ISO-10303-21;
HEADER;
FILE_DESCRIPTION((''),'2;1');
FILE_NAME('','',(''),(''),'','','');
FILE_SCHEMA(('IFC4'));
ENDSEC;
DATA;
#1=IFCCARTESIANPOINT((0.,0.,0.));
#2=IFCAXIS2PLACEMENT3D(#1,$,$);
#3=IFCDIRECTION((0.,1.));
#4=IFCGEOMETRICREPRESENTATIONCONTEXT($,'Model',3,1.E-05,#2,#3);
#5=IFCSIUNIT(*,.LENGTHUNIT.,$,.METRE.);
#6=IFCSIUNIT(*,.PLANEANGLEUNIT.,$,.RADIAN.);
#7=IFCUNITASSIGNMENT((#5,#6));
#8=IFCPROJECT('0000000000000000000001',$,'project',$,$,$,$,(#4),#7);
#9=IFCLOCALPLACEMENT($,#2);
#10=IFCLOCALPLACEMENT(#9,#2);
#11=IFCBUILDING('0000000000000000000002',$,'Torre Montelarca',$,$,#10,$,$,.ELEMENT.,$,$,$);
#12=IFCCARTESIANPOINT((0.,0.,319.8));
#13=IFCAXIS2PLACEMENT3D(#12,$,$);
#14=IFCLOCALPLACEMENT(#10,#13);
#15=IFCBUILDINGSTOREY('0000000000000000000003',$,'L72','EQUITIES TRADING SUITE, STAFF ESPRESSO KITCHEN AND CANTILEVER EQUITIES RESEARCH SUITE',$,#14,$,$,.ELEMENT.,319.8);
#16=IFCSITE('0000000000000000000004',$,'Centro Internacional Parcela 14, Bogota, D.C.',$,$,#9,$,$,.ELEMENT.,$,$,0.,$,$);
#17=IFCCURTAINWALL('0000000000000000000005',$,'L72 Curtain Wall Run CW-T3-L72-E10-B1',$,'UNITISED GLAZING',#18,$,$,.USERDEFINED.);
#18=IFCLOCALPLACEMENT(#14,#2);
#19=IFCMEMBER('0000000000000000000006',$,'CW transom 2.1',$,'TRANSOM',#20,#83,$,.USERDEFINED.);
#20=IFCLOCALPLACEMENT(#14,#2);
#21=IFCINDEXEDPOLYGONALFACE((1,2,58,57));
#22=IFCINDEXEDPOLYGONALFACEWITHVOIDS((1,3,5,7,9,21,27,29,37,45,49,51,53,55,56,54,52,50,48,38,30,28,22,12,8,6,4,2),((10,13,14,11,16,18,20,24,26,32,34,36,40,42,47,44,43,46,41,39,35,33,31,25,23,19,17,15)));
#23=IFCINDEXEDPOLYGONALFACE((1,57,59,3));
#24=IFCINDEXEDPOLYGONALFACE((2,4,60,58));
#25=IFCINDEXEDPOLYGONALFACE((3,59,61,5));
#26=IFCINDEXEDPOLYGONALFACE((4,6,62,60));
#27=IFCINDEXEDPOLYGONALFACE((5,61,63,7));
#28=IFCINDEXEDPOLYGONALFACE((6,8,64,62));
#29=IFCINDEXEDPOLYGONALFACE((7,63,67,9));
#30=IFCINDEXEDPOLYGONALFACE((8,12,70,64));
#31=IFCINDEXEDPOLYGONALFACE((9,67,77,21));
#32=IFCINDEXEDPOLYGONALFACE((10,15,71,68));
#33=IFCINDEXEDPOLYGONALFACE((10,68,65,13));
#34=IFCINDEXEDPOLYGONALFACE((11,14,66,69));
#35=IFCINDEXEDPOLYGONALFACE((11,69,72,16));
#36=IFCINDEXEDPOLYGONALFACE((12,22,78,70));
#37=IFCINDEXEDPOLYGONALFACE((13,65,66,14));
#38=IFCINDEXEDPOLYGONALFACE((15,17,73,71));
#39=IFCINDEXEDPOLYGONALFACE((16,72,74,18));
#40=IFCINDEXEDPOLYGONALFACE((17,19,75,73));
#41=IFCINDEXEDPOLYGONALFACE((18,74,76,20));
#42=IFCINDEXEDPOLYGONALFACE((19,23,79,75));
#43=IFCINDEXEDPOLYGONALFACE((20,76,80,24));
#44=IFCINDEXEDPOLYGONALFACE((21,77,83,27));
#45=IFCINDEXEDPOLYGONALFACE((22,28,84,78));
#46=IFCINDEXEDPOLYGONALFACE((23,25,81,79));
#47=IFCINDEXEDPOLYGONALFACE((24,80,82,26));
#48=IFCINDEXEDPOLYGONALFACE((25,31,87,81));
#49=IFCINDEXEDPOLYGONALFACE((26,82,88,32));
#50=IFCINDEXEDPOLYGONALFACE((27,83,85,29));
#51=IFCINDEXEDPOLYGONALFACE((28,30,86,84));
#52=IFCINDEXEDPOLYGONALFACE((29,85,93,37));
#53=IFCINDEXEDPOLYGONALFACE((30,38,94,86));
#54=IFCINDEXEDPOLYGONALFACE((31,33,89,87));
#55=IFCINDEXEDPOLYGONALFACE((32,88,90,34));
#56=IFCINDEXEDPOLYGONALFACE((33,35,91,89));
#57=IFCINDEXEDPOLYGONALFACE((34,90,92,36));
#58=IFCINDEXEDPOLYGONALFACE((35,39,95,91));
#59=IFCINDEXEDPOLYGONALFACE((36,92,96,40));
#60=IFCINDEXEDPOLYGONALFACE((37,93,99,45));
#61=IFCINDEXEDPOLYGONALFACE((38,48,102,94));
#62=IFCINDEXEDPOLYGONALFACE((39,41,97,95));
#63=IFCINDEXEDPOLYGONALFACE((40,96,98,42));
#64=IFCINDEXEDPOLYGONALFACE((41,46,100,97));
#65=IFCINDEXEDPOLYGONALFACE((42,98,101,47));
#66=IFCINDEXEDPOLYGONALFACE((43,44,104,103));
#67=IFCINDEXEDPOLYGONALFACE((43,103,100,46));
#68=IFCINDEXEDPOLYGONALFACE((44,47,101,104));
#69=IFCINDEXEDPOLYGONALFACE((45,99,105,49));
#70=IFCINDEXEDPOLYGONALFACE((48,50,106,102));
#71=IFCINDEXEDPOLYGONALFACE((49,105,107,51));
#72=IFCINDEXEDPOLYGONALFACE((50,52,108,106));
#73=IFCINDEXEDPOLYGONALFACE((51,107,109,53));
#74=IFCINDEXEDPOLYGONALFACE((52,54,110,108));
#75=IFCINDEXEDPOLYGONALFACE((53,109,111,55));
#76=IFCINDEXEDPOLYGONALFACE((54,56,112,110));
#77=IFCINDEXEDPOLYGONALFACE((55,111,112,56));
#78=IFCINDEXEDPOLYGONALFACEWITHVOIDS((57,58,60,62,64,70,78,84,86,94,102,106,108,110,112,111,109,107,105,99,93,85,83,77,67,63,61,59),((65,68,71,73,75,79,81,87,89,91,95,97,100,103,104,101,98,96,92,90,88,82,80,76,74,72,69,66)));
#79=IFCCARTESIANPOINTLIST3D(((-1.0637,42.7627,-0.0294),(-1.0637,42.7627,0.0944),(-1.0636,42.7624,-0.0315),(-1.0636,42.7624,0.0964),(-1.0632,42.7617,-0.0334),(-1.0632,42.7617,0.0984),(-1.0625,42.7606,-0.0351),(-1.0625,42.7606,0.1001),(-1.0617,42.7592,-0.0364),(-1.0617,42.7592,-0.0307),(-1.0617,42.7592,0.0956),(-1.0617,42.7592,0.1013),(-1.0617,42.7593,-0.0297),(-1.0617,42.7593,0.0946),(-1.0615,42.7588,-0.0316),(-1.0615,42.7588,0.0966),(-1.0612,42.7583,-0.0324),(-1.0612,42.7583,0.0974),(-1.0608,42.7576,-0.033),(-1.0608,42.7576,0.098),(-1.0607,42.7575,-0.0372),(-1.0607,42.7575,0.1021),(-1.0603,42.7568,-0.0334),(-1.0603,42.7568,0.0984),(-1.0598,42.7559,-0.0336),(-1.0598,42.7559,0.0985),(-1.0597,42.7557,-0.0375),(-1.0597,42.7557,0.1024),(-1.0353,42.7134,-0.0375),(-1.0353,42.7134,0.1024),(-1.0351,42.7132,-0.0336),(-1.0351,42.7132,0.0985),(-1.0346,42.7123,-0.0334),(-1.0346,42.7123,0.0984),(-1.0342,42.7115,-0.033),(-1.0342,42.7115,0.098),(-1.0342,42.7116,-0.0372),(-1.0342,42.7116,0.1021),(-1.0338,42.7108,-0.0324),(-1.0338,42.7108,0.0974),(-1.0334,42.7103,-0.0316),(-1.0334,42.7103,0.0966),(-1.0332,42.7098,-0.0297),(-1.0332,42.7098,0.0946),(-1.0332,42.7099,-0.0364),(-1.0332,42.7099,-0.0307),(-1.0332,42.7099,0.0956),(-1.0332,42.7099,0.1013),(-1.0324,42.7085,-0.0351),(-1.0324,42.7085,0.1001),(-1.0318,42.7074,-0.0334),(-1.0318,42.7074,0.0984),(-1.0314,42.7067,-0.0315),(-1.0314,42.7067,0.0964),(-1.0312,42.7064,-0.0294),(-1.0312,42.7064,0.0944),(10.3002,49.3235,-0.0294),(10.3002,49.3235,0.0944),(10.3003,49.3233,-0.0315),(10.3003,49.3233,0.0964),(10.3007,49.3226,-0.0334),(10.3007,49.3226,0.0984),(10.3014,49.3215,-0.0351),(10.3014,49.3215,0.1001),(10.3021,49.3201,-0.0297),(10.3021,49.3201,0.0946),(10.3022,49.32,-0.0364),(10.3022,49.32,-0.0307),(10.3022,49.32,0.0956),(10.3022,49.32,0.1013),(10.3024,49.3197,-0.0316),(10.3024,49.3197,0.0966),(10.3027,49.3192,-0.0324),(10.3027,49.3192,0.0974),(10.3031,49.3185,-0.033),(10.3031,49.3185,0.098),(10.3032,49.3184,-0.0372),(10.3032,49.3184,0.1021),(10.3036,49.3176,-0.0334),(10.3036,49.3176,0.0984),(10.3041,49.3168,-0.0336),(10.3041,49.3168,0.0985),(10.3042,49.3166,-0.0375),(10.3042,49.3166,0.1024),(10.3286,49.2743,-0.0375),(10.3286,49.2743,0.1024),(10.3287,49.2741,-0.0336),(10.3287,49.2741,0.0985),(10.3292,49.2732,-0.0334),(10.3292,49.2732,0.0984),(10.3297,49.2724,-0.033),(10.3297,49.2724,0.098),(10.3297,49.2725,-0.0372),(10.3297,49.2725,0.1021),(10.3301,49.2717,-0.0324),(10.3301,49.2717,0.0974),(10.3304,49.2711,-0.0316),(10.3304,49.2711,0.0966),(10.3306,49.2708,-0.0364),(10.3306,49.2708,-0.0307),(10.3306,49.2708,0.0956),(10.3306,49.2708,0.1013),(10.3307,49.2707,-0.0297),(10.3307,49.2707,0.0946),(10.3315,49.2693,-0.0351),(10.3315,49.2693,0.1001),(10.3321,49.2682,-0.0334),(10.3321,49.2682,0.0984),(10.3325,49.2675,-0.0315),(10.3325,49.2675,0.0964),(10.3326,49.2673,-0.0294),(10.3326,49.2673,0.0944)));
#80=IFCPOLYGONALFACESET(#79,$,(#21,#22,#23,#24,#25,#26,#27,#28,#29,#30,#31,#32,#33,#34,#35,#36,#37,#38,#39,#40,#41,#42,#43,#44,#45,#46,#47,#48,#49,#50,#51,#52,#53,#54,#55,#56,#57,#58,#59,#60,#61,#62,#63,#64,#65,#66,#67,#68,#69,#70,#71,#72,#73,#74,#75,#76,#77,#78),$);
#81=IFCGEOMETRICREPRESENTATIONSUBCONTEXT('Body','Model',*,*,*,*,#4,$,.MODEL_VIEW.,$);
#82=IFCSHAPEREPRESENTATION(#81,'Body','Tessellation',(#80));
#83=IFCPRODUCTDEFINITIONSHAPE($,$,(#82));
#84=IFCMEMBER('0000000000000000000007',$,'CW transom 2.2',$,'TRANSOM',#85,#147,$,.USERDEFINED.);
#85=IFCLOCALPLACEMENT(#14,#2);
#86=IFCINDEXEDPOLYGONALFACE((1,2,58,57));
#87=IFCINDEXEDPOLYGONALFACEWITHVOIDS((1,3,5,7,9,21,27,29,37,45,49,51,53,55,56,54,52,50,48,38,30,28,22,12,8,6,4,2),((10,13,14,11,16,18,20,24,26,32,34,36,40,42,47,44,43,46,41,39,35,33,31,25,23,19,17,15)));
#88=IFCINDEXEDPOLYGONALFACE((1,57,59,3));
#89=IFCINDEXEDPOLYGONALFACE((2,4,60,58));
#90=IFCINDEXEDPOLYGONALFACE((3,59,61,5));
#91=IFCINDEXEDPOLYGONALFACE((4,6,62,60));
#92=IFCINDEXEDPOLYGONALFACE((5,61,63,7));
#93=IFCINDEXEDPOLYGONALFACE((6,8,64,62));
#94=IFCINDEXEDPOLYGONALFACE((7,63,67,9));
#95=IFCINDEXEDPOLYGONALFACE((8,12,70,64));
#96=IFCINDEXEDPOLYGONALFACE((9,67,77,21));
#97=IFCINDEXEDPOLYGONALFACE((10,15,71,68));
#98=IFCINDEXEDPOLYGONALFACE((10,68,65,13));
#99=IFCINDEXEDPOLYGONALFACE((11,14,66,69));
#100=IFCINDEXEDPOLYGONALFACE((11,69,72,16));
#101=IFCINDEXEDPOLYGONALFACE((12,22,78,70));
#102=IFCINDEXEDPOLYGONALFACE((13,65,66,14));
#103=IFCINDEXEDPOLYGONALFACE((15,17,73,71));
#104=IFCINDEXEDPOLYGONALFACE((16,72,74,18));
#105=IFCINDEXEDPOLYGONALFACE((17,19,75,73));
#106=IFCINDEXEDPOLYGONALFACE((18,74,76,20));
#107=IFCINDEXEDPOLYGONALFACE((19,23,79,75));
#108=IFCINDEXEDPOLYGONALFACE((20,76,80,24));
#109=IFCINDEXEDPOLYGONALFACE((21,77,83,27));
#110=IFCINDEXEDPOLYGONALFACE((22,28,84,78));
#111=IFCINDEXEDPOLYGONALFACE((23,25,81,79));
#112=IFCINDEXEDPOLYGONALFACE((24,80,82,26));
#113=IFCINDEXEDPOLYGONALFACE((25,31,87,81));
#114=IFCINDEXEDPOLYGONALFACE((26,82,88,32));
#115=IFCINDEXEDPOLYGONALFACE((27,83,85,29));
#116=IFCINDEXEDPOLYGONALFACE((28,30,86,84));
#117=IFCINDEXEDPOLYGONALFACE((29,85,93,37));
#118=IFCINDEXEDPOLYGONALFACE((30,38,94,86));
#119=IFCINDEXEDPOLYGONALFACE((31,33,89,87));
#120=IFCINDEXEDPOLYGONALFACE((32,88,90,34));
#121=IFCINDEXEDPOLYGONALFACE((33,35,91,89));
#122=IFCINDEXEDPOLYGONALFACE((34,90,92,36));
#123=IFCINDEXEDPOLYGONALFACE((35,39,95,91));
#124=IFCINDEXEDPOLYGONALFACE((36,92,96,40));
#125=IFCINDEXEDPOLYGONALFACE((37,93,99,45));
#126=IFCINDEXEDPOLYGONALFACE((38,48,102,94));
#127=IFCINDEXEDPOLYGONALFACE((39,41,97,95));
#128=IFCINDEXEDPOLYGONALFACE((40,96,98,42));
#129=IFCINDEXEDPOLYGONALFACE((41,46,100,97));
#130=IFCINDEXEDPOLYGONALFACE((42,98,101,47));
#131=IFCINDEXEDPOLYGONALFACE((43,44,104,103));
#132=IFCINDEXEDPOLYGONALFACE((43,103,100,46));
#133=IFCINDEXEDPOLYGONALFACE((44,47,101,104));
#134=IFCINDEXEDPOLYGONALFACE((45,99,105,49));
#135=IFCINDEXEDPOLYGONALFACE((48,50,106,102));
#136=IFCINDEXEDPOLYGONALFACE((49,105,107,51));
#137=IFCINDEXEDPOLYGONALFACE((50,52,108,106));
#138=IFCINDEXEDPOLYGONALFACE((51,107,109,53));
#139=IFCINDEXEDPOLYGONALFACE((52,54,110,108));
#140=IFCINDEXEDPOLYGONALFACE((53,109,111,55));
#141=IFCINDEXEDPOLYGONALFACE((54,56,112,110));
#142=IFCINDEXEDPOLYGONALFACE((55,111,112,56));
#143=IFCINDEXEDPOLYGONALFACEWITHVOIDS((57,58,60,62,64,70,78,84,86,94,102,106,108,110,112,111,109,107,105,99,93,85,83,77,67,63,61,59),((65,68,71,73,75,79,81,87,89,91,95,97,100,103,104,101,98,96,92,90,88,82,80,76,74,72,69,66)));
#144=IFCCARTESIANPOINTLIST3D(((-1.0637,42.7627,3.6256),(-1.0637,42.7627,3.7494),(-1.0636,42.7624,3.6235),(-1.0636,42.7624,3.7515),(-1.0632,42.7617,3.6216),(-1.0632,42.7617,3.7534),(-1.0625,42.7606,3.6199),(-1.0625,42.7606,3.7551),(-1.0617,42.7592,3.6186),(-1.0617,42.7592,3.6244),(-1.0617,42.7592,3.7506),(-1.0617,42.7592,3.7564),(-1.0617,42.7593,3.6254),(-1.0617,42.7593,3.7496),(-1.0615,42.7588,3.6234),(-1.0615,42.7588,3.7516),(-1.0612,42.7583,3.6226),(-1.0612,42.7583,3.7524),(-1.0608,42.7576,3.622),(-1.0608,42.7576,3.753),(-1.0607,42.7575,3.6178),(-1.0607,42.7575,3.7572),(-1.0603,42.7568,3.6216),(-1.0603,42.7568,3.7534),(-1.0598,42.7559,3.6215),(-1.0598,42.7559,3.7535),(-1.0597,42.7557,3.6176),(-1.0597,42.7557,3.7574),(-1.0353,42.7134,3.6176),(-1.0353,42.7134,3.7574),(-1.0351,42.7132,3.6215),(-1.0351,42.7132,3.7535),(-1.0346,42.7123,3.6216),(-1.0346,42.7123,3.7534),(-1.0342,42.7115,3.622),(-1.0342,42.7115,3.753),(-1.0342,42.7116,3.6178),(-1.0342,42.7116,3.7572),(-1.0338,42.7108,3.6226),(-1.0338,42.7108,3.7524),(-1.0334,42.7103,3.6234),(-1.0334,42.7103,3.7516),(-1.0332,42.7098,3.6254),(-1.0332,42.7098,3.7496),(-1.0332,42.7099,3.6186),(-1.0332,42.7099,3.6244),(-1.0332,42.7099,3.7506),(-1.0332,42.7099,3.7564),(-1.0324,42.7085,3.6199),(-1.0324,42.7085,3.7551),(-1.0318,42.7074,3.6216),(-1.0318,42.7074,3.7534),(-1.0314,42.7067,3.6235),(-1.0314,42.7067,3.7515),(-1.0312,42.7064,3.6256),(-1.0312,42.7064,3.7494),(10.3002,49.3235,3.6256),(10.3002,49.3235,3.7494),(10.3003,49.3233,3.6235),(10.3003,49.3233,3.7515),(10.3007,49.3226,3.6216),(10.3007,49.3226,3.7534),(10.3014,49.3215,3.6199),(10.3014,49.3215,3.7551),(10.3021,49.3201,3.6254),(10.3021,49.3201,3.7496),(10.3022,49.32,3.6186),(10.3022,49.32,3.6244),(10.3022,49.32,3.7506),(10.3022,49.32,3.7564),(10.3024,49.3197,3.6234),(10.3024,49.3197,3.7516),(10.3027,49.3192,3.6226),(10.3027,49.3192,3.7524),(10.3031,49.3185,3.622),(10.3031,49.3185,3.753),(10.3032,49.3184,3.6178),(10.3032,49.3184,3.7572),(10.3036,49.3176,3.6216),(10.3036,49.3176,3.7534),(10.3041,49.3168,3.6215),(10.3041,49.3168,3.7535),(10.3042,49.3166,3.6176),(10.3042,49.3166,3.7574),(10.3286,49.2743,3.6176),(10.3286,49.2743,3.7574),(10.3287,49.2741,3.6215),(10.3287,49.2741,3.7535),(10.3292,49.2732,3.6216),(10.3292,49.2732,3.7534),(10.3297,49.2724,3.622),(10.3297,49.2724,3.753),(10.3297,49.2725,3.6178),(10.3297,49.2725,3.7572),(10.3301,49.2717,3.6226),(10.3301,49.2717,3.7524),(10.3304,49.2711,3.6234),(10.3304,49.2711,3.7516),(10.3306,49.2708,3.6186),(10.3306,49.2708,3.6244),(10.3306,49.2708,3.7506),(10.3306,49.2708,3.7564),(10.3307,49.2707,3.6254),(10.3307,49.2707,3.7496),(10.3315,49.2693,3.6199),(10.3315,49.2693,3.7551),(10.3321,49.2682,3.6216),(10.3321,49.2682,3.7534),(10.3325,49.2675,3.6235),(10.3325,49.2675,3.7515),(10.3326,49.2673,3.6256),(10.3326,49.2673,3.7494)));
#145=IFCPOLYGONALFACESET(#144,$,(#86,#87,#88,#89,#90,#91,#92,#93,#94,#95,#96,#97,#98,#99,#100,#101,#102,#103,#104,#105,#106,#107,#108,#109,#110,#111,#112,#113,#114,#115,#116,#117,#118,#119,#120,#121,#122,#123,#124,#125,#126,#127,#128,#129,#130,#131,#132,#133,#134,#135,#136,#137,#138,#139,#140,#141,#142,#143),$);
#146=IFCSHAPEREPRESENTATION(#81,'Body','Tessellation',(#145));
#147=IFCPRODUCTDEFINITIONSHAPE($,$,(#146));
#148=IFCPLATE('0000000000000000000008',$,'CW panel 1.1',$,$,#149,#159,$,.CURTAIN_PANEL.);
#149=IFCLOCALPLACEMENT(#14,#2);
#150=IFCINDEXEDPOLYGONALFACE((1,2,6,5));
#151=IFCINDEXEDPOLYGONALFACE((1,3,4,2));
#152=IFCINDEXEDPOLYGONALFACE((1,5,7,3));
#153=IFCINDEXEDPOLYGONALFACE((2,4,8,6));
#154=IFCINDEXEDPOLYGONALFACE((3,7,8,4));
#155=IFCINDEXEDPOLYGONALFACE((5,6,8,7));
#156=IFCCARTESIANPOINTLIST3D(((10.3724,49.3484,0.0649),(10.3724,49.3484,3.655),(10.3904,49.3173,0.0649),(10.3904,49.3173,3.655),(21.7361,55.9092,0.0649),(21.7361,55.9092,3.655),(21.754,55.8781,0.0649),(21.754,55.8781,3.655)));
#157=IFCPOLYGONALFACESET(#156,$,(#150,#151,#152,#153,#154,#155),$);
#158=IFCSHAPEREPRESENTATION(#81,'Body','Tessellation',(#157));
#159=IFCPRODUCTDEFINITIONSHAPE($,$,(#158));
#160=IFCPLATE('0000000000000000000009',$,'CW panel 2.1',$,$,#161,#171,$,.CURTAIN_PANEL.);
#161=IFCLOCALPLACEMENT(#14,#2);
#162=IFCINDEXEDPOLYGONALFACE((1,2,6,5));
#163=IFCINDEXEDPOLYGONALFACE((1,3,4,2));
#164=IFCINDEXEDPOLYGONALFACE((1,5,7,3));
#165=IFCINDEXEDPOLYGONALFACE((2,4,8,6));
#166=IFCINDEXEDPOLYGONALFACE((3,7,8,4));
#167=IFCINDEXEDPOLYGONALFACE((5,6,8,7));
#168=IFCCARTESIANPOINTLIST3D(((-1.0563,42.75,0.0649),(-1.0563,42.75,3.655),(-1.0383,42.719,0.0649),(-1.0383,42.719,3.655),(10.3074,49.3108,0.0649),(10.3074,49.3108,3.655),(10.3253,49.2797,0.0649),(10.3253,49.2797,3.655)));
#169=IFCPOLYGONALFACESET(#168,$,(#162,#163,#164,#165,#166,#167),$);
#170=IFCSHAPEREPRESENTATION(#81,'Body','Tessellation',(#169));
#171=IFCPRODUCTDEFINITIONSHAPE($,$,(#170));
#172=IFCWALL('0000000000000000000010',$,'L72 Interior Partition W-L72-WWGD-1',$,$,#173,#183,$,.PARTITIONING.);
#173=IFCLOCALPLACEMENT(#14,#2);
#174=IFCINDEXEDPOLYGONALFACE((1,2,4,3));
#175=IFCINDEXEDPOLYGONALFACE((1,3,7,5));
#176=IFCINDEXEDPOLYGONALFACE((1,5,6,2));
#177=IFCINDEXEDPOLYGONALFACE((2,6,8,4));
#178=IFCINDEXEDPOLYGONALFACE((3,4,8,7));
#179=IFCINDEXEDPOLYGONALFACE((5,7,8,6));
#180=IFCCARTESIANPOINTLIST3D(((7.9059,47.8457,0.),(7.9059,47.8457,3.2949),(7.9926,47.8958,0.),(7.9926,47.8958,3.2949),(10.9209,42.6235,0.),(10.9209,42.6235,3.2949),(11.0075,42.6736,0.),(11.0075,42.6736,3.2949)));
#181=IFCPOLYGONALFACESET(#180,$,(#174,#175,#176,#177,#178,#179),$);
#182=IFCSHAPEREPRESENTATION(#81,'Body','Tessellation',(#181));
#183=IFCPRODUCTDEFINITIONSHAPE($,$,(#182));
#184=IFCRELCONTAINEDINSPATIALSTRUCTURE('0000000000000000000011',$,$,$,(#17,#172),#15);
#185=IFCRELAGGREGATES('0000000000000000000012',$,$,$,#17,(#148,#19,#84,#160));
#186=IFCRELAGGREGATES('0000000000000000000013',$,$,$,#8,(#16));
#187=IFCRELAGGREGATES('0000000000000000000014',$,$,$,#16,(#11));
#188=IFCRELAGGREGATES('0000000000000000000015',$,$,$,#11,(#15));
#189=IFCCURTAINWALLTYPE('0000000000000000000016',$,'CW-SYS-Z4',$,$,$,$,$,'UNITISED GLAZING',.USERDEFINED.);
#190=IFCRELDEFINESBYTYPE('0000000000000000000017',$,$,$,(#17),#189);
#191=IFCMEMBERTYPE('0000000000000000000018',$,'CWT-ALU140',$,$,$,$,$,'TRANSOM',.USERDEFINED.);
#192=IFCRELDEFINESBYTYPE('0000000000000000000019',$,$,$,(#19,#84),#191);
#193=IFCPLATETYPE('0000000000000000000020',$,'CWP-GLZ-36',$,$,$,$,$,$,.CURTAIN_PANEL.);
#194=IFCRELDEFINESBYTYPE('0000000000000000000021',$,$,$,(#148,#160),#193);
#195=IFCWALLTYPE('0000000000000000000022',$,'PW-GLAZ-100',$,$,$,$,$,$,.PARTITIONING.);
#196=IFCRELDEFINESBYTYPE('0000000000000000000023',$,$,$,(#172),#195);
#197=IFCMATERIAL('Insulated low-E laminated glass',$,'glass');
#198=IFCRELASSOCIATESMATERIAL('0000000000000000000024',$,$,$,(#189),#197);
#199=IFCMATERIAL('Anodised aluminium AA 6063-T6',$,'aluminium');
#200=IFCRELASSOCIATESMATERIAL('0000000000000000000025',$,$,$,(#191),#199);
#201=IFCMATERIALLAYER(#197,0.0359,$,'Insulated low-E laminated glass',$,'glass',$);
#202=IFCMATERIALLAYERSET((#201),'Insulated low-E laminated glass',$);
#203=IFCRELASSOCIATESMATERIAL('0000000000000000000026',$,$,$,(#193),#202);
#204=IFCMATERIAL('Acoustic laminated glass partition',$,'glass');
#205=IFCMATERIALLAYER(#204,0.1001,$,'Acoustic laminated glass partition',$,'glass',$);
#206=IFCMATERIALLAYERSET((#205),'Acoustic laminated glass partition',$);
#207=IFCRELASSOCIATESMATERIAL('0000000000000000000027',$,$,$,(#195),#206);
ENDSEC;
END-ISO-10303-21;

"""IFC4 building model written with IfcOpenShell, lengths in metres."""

from ifc_helpers import new_model, si_unit, direction, frame, frame_2d, origin, origin_2d, place, context, subcontext, project, spatial, rectangle, hollow_rectangle, extrude, source, transform, mapped, material, layer, layer_set, material_profile, profile_set, type_object, element, aggregate, save


model = new_model("IFC4")

# Units and contexts
model_context = context("Model", 3, precision=1e-05, world=origin(), true_north=direction((0.0, 1.0)))
body_context = subcontext(model_context, "Body", "Model", "MODEL_VIEW")
ifc_project = project(units=[si_unit("LENGTHUNIT", "METRE"), si_unit("PLANEANGLEUNIT", "RADIAN")], contexts=[model_context])

# Site, building, storey
site_placement = place(None, origin())
site = spatial("IfcSite", under=ifc_project, at=site_placement, Name="Centro Internacional Parcela 14, Bogota, D.C.", CompositionType="ELEMENT", RefElevation=0.0)
building_placement = place(site_placement, origin())
building = spatial("IfcBuilding", under=site, at=building_placement, Name="Torre Montelarca", CompositionType="ELEMENT")
storey_placement = place(building_placement, frame((0.0, 0.0, 319.8)))
storey = spatial("IfcBuildingStorey", under=building, at=storey_placement, Name="L72", Description="EQUITIES TRADING SUITE, STAFF ESPRESSO KITCHEN AND CANTILEVER EQUITIES RESEARCH SUITE", CompositionType="ELEMENT", Elevation=319.8)

# Curtain wall, members, plates
ifc_material_1 = material(Name="Insulated low-E laminated glass", Category="glass")
curtain_wall_type = type_object("IfcCurtainWallType", Name="CW-SYS-Z4", ElementType="UNITISED GLAZING", PredefinedType="USERDEFINED", material=ifc_material_1)
curtain_wall_placement = place(storey_placement, origin())
curtain_wall = element("IfcCurtainWall", 1, at=curtain_wall_placement, inside=storey, type_object=curtain_wall_type, Name="L72 Curtain Wall Run CW-T3-L72-E10-B1", ObjectType="UNITISED GLAZING", PredefinedType="USERDEFINED")
ifc_material_2 = material(Name="Anodised aluminium AA 6063-T6", Category="aluminium")
ifc_material_profile_1 = material_profile(ifc_material_2, hollow_rectangle(XDim=0.0649, YDim=0.1399, WallThickness=0.0039, InnerFilletRadius=0.0039, OuterFilletRadius=0.0081, at=origin_2d()), Name="ALU65X140X4", Category="aluminium")
ifc_profile_set_1 = profile_set([ifc_material_profile_1], Name="Anodised aluminium AA 6063-T6")
member_type_1 = type_object("IfcMemberType", Name="CWT-ALU140", ElementType="TRANSOM", PredefinedType="USERDEFINED", material=ifc_profile_set_1)
shared_shape_1 = source(origin(), body_context, "Body", "SweptSolid", [
    extrude(hollow_rectangle(XDim=0.0649, YDim=0.1399, WallThickness=0.0039, InnerFilletRadius=0.0039, OuterFilletRadius=0.0081, at=origin_2d()), origin(), (0.0, 0.0, 1.0), 13.1218),
])
member_1_placement = place(storey_placement, frame((10.3164, 49.2954, 0.0325), z_axis=(-0.866028, -0.499995, 0.0), x_axis=(0.499995, -0.866028, 0.0)))
member_1 = element("IfcMember", 2, at=member_1_placement, type_object=member_type_1, Name="CW transom 2.1", ObjectType="TRANSOM", PredefinedType="USERDEFINED", context=body_context, shape_type="MappedRepresentation", body=[
    mapped(shared_shape_1, transform((0.0, 0.0, 0.0), scale=1.0)),
])
member_2_placement = place(storey_placement, frame((10.3164, 49.2954, 3.6875), z_axis=(-0.866028, -0.499995, 0.0), x_axis=(0.499995, -0.866028, 0.0)))
member_2 = element("IfcMember", 3, at=member_2_placement, type_object=member_type_1, Name="CW transom 2.2", ObjectType="TRANSOM", PredefinedType="USERDEFINED", context=body_context, shape_type="MappedRepresentation", body=[
    mapped(shared_shape_1, transform((0.0, 0.0, 0.0), scale=1.0)),
])
ifc_layer_1 = layer(ifc_material_1, 0.0359, Name="Insulated low-E laminated glass", Category="glass")
ifc_layer_set_1 = layer_set([ifc_layer_1], Name="Insulated low-E laminated glass")
plate_type = type_object("IfcPlateType", Name="CWP-GLZ-36", PredefinedType="CURTAIN_PANEL", material=ifc_layer_set_1)
shared_shape_2 = source(origin(), body_context, "Body", "SweptSolid", [
    extrude(rectangle(XDim=13.1216, YDim=0.0359, at=origin_2d()), origin(), (0.0, 0.0, 1.0), 3.5901),
])
plate_1_placement = place(storey_placement, frame((16.0632, 52.6133, 0.0649), z_axis=(0.0, 0.0, 1.0), x_axis=(-0.866025, -0.5, 0.0)))
plate_1 = element("IfcPlate", 4, at=plate_1_placement, type_object=plate_type, Name="CW panel 1.1", PredefinedType="CURTAIN_PANEL", context=body_context, shape_type="MappedRepresentation", body=[
    mapped(shared_shape_2, transform((0.0, 0.0, 0.0), scale=1.0)),
])
plate_2_placement = place(storey_placement, frame((4.6345, 46.0149, 0.0649), z_axis=(0.0, 0.0, 1.0), x_axis=(-0.866025, -0.5, 0.0)))
plate_2 = element("IfcPlate", 5, at=plate_2_placement, type_object=plate_type, Name="CW panel 2.1", PredefinedType="CURTAIN_PANEL", context=body_context, shape_type="MappedRepresentation", body=[
    mapped(shared_shape_2, transform((0.0, 0.0, 0.0), scale=1.0)),
])
aggregate(curtain_wall, [plate_1, member_1, member_2, plate_2])

# Wall
ifc_material_3 = material(Name="Acoustic laminated glass partition", Category="glass")
ifc_layer_2 = layer(ifc_material_3, 0.1001, Name="Acoustic laminated glass partition", Category="glass")
ifc_layer_set_2 = layer_set([ifc_layer_2], Name="Acoustic laminated glass partition")
wall_type = type_object("IfcWallType", Name="PW-GLAZ-100", PredefinedType="PARTITIONING", material=ifc_layer_set_2)
wall_placement = place(storey_placement, frame((7.9492, 47.8708, 0.0), z_axis=(0.0, 0.0, 1.0), x_axis=(0.499984, -0.866035, 0.0)))
element("IfcWall", 6, at=wall_placement, inside=storey, type_object=wall_type, Name="L72 Interior Partition W-L72-WWGD-1", PredefinedType="PARTITIONING", context=body_context, shape_type="SweptSolid", body=[
    extrude(rectangle(XDim=6.03, YDim=0.1001, at=frame_2d((3.0151, 0.0))), origin(), (0.0, 0.0, 1.0), 3.2949),
])

save(model, "model.ifc")
